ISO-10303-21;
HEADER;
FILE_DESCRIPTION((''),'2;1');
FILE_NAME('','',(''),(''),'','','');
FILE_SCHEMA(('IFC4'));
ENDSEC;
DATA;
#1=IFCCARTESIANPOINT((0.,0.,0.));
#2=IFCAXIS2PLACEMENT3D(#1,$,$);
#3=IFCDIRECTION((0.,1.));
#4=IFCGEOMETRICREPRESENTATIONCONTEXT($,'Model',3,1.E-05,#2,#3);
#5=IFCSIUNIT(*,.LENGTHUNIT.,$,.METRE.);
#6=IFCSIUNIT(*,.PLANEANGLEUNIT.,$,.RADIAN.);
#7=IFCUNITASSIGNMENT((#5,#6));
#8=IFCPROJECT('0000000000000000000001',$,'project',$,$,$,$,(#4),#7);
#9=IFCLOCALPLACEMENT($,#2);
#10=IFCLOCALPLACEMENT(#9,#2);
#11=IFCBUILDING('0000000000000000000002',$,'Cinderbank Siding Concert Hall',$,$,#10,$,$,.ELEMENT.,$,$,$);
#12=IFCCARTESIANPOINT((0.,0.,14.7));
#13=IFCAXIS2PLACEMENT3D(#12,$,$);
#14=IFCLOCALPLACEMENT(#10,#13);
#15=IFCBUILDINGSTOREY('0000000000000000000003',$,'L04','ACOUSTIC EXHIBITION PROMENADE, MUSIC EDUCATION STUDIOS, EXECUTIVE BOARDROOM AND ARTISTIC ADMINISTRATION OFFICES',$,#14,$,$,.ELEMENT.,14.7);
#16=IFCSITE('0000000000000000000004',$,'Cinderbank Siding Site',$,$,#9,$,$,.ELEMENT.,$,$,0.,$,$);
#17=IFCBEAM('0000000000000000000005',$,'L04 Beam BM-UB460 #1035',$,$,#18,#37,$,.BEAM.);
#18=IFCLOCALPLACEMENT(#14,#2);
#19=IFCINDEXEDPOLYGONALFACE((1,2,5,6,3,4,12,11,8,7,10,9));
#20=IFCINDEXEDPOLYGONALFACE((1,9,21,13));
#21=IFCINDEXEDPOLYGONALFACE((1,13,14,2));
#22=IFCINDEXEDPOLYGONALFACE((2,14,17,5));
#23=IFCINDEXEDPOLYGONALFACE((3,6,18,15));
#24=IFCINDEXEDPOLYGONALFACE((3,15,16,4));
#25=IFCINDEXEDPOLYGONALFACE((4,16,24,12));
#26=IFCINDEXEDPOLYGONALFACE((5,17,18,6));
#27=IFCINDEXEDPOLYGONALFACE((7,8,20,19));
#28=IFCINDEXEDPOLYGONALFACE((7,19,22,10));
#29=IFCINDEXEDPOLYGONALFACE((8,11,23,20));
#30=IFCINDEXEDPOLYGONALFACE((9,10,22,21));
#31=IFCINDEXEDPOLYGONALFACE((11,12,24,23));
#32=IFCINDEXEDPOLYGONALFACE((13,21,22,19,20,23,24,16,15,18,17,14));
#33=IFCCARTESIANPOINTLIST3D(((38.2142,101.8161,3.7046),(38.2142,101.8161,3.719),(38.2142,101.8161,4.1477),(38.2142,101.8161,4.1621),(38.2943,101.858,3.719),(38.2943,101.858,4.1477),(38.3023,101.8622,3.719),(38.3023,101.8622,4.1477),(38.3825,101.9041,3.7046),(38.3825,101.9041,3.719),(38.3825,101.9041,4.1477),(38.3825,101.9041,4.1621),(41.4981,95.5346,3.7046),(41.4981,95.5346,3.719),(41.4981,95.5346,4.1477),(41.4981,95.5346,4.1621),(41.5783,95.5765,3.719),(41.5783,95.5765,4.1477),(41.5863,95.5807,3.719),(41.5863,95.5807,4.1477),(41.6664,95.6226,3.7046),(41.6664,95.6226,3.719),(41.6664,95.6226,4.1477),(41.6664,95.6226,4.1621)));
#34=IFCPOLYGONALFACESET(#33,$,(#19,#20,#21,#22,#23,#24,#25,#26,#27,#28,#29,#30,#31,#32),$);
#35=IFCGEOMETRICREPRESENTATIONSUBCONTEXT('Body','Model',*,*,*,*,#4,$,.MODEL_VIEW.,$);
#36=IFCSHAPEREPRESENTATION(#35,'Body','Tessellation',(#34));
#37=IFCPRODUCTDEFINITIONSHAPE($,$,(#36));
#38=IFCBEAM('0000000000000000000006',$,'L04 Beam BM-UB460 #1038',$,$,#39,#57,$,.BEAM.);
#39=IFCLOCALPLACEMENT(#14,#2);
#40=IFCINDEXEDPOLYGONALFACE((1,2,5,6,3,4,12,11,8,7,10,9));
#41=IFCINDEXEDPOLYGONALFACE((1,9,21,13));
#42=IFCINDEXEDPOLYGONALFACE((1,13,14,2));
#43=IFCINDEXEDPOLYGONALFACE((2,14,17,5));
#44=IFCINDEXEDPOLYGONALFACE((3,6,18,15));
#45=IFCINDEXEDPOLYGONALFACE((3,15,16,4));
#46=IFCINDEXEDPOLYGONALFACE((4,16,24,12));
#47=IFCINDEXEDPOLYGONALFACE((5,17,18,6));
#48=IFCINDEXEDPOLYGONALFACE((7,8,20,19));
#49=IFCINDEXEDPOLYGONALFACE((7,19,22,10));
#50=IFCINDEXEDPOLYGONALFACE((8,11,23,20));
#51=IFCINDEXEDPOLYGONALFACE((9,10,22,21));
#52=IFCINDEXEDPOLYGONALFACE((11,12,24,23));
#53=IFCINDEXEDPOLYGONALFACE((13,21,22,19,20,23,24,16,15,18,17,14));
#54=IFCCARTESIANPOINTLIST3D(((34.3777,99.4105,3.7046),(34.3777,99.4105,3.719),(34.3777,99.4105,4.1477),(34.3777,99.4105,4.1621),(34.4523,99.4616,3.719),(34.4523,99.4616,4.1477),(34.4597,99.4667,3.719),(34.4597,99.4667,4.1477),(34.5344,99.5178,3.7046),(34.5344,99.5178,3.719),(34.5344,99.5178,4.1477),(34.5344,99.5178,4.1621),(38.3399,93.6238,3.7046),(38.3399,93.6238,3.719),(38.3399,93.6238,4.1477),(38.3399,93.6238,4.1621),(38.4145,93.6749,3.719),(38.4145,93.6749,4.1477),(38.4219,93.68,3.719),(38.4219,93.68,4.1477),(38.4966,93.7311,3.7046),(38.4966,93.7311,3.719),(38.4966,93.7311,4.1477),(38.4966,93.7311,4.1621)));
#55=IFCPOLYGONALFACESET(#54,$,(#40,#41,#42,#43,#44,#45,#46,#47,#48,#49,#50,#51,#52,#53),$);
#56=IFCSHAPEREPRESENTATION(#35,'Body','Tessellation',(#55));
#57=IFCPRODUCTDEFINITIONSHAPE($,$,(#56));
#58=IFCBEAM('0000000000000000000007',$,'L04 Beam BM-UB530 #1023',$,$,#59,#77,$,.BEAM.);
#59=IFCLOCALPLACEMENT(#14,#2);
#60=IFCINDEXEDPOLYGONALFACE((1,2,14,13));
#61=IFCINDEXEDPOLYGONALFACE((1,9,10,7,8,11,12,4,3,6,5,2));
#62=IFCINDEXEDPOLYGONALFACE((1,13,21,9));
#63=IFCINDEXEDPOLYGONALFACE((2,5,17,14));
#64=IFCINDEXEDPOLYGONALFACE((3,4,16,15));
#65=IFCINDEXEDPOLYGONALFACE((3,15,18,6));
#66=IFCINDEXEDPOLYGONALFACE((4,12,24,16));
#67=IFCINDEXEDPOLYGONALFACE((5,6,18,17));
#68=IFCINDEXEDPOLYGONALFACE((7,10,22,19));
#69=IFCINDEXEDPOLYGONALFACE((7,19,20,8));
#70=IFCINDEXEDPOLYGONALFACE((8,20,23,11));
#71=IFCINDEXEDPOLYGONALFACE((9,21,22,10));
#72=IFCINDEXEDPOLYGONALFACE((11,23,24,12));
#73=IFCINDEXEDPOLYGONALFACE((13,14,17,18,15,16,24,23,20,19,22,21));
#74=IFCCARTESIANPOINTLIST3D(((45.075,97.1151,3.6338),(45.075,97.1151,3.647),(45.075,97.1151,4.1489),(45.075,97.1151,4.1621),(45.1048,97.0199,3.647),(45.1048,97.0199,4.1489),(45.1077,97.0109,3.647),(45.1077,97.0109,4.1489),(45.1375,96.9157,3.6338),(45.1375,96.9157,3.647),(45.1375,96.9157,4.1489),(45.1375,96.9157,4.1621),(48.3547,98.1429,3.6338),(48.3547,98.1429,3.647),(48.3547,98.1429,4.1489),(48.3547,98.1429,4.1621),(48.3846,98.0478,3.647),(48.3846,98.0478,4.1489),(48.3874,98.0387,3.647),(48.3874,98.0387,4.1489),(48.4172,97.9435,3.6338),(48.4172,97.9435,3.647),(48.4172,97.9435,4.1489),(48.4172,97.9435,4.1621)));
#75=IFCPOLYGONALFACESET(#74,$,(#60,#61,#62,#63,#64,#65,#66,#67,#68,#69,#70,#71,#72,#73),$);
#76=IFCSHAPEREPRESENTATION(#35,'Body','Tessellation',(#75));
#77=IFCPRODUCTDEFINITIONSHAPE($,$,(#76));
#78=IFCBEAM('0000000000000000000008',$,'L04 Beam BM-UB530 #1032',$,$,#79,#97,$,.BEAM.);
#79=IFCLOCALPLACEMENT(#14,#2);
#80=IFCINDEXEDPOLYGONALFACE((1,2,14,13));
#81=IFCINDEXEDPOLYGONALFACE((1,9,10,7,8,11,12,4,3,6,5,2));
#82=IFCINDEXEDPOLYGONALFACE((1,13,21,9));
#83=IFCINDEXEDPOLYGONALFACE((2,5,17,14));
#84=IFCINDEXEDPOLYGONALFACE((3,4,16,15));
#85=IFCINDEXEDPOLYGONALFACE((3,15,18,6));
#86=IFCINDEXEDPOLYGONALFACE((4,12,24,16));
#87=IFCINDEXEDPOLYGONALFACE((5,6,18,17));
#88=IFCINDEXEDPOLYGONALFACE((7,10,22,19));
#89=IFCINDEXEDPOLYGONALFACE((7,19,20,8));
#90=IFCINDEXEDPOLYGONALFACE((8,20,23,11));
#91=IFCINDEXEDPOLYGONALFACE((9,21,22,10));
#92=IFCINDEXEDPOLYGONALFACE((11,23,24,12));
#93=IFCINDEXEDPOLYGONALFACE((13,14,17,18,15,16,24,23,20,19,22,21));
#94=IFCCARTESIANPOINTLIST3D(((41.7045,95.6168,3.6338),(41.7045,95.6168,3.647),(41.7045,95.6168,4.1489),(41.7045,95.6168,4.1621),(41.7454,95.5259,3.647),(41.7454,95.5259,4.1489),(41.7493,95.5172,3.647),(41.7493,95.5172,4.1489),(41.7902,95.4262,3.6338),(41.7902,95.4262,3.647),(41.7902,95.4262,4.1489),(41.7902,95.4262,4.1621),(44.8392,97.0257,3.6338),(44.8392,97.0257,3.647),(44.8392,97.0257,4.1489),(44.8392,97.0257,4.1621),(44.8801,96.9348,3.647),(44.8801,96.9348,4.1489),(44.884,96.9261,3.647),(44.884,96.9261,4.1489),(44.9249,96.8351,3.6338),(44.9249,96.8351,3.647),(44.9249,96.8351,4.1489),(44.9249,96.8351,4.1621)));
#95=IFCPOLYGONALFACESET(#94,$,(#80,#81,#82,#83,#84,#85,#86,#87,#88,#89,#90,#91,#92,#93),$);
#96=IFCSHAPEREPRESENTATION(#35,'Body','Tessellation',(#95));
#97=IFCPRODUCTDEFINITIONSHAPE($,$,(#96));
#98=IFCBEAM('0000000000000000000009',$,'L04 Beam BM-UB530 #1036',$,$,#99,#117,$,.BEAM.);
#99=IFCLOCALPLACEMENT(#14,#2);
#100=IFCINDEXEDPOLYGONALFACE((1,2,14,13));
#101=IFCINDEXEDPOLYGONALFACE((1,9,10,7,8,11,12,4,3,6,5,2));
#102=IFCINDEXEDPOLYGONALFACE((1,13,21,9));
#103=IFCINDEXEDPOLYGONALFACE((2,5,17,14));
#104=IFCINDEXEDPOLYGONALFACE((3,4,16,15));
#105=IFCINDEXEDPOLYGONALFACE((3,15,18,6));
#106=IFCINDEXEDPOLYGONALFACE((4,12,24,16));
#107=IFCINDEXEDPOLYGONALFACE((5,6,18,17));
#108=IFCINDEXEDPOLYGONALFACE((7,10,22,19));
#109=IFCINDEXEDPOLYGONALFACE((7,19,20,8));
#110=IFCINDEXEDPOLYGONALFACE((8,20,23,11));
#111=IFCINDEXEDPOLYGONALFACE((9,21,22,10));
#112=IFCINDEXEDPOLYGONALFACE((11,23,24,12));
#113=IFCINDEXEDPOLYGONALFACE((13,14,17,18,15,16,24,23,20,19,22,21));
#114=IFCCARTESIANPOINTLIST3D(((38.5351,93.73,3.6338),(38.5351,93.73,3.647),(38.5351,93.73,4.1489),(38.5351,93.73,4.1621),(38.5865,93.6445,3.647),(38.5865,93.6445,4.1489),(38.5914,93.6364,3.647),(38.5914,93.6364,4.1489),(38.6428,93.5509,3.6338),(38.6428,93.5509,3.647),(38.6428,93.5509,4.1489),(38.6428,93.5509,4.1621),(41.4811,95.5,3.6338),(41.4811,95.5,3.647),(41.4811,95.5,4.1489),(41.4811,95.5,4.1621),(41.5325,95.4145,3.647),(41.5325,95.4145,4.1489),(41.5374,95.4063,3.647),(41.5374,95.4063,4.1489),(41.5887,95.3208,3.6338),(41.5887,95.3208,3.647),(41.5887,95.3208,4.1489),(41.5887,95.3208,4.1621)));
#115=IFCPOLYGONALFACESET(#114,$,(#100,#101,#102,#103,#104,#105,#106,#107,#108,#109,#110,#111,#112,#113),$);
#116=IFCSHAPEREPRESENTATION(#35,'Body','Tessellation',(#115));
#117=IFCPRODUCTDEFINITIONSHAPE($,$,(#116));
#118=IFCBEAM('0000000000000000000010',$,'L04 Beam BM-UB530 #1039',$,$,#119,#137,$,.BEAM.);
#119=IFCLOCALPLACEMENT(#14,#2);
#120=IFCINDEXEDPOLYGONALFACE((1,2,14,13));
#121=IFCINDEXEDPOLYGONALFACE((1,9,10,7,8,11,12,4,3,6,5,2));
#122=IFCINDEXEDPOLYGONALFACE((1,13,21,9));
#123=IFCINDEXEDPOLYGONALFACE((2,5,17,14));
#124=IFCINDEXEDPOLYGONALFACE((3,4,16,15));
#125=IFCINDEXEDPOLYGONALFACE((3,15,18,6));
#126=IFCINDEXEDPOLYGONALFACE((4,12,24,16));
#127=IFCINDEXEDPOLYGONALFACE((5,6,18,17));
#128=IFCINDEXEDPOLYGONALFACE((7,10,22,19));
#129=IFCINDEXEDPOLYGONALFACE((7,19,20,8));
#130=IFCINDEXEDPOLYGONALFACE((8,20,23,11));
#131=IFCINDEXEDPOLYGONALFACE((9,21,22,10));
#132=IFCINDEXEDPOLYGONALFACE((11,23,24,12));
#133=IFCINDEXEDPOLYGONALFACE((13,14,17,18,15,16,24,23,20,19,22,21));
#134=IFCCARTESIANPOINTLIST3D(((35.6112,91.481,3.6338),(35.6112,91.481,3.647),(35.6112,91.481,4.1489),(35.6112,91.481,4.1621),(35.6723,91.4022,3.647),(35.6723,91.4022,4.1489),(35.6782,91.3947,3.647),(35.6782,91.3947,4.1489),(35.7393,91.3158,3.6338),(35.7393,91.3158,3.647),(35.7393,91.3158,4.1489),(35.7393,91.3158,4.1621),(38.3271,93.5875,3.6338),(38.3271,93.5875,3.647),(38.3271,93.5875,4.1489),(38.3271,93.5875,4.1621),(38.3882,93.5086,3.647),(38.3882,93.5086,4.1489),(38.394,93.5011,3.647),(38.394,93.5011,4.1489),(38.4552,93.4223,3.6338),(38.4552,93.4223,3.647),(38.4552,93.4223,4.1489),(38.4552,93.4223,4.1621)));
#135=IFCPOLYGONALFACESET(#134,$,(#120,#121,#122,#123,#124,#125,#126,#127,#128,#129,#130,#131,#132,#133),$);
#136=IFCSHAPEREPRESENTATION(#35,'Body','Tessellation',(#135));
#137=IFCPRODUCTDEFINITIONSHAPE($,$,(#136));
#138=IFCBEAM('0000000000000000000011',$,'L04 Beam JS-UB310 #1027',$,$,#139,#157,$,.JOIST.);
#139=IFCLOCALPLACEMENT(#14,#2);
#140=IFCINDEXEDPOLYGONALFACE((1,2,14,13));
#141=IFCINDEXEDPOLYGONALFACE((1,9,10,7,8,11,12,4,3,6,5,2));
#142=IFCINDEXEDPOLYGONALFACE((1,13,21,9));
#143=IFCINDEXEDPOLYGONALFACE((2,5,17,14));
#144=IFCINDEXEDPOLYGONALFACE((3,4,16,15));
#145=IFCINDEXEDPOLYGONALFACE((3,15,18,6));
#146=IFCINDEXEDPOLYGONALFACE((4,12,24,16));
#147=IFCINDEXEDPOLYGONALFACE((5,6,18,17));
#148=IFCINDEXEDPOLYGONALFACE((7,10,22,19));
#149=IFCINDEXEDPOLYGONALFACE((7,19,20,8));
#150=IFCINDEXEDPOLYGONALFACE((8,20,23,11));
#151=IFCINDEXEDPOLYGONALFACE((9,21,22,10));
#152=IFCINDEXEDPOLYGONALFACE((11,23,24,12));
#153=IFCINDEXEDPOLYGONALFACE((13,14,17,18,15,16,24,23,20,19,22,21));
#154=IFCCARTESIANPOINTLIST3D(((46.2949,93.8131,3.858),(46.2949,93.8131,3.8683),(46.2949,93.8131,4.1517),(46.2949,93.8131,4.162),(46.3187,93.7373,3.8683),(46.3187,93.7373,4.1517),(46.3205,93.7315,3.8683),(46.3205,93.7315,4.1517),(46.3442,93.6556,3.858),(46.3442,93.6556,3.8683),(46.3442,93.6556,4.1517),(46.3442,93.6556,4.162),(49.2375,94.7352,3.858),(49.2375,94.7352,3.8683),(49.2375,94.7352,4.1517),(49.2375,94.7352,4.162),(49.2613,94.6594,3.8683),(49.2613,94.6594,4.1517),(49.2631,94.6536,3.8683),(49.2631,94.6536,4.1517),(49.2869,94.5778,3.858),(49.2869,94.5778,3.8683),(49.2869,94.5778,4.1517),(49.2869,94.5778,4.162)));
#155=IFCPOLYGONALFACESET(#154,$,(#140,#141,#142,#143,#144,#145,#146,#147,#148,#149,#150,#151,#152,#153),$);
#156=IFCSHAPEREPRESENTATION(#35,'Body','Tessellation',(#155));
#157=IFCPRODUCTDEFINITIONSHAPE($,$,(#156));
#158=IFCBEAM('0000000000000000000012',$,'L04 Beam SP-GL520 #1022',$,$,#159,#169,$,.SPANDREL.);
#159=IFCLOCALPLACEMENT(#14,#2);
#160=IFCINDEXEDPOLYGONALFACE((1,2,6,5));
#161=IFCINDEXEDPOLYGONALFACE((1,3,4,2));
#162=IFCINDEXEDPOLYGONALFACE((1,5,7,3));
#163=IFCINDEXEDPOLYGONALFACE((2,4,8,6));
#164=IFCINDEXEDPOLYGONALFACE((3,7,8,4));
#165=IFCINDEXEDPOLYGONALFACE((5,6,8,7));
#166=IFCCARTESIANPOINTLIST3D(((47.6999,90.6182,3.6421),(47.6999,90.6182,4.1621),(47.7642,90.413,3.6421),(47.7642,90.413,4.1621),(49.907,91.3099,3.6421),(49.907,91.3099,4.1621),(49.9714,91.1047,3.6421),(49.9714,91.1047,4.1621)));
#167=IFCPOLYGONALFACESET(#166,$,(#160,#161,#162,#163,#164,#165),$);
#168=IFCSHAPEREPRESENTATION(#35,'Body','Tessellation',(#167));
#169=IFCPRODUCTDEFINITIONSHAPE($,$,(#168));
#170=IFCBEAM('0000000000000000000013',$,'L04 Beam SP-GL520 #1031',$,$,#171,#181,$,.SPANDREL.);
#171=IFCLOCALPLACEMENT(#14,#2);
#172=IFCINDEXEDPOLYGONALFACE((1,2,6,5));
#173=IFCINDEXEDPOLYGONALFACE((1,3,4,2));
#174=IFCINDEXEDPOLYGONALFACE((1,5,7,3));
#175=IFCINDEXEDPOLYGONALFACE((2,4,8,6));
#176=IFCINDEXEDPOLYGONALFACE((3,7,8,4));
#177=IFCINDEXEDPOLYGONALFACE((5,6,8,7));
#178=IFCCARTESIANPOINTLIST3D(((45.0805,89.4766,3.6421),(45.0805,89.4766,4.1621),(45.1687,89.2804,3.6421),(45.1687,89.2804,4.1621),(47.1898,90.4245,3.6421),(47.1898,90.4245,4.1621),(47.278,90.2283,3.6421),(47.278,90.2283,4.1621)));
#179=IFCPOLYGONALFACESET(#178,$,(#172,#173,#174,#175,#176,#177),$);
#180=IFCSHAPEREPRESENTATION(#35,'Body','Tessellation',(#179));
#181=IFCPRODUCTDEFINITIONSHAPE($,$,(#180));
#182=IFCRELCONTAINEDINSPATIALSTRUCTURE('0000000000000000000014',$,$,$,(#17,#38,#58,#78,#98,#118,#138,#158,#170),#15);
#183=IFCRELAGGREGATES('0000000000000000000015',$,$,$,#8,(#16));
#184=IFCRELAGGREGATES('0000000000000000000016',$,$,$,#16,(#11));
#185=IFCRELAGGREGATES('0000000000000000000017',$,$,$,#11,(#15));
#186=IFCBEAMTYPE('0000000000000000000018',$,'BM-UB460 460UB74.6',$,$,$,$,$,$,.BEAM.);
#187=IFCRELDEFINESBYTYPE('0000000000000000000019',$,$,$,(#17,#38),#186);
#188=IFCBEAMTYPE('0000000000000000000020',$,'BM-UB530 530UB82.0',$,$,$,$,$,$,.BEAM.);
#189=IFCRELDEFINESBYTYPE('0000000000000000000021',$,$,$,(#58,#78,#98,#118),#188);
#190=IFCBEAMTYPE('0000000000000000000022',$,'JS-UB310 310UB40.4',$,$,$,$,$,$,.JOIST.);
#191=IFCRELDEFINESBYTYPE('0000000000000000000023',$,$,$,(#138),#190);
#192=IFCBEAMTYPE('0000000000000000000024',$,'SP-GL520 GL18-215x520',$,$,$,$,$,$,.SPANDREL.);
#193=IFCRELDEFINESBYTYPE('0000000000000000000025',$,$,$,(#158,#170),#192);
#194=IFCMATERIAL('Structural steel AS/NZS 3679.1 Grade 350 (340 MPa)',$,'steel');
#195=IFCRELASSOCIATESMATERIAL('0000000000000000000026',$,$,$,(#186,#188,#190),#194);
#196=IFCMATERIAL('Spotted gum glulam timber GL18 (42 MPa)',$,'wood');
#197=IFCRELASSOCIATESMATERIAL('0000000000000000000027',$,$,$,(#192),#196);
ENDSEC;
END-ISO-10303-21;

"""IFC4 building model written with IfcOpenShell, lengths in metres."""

from ifc_helpers import new_model, si_unit, direction, frame, origin, origin_2d, place, context, subcontext, project, spatial, rectangle, i_section, extrude, material, material_profile, profile_set, type_object, element, save


model = new_model("IFC4")

# Units and contexts
model_context = context("Model", 3, precision=1e-05, world=origin(), true_north=direction((0.0, 1.0)))
body_context = subcontext(model_context, "Body", "Model", "MODEL_VIEW")
ifc_project = project(units=[si_unit("LENGTHUNIT", "METRE"), si_unit("PLANEANGLEUNIT", "RADIAN")], contexts=[model_context])

# Site, building, storey
site_placement = place(None, origin())
site = spatial("IfcSite", under=ifc_project, at=site_placement, Name="Cinderbank Siding Site", CompositionType="ELEMENT", RefElevation=0.0)
building_placement = place(site_placement, origin())
building = spatial("IfcBuilding", under=site, at=building_placement, Name="Cinderbank Siding Concert Hall", CompositionType="ELEMENT")
storey_placement = place(building_placement, frame((0.0, 0.0, 14.7)))
storey = spatial("IfcBuildingStorey", under=building, at=storey_placement, Name="L04", Description="ACOUSTIC EXHIBITION PROMENADE, MUSIC EDUCATION STUDIOS, EXECUTIVE BOARDROOM AND ARTISTIC ADMINISTRATION OFFICES", CompositionType="ELEMENT", Elevation=14.7)

# Shared definitions
ifc_material_1 = material(Name="Structural steel AS/NZS 3679.1 Grade 350 (340 MPa)", Category="steel")

# Beams
ifc_material_profile_1 = material_profile(ifc_material_1, i_section(OverallWidth=0.1899, OverallDepth=0.4575, WebThickness=0.009, FlangeThickness=0.0144, at=origin_2d()), Name="460UB74.6", Category="LoadBearing")
ifc_profile_set_1 = profile_set([ifc_material_profile_1], Name="Structural steel AS/NZS 3679.1 Grade 350 (340 MPa)")
beam_type_1 = type_object("IfcBeamType", Name="BM-UB460 460UB74.6", PredefinedType="BEAM", material=ifc_profile_set_1)
beam_1_placement = place(storey_placement, frame((41.5823, 95.5786, 3.9333), z_axis=(-0.463302, 0.886201, 0.0), x_axis=(-0.886201, -0.463302, 0.0)))
element("IfcBeam", 1, at=beam_1_placement, inside=storey, type_object=beam_type_1, Name="L04 Beam BM-UB460 #1035", PredefinedType="BEAM", context=body_context, shape_type="SweptSolid", body=[
    extrude(i_section(OverallWidth=0.1899, OverallDepth=0.4575, WebThickness=0.009, FlangeThickness=0.0144, at=origin_2d()), origin(), (0.0, 0.0, 1.0), 7.0881),
])
beam_2_placement = place(storey_placement, frame((38.4182, 93.6775, 3.9333), z_axis=(-0.564965, 0.825115, 0.0), x_axis=(-0.825115, -0.564965, 0.0)))
element("IfcBeam", 2, at=beam_2_placement, inside=storey, type_object=beam_type_1, Name="L04 Beam BM-UB460 #1038", PredefinedType="BEAM", context=body_context, shape_type="SweptSolid", body=[
    extrude(i_section(OverallWidth=0.1899, OverallDepth=0.4575, WebThickness=0.009, FlangeThickness=0.0144, at=origin_2d()), origin(), (0.0, 0.0, 1.0), 7.0132),
])
ifc_material_profile_2 = material_profile(ifc_material_1, i_section(OverallWidth=0.209, OverallDepth=0.5283, WebThickness=0.0095, FlangeThickness=0.0132, at=origin_2d()), Name="530UB82.0", Category="LoadBearing")
ifc_profile_set_2 = profile_set([ifc_material_profile_2], Name="Structural steel AS/NZS 3679.1 Grade 350 (340 MPa)")
beam_type_2 = type_object("IfcBeamType", Name="BM-UB530 530UB82.0", PredefinedType="BEAM", material=ifc_profile_set_2)
beam_3_placement = place(storey_placement, frame((48.386, 98.0432, 3.8979), z_axis=(-0.95424, -0.299043, 0.0), x_axis=(0.299043, -0.95424, 0.0)))
element("IfcBeam", 3, at=beam_3_placement, inside=storey, type_object=beam_type_2, Name="L04 Beam BM-UB530 #1023", PredefinedType="BEAM", context=body_context, shape_type="SweptSolid", body=[
    extrude(i_section(OverallWidth=0.209, OverallDepth=0.5283, WebThickness=0.0095, FlangeThickness=0.0132, at=origin_2d()), origin(), (0.0, 0.0, 1.0), 3.437),
])
for number, where, z_axis, x_axis, name in (
    (4, (44.8821, 96.9304, 3.8979), (-0.912107, -0.409951, 0.0), (0.409951, -0.912107, 0.0), "L04 Beam BM-UB530 #1032"),
    (5, (41.5349, 95.4104, 3.8979), (-0.857186, -0.515008, 0.0), (0.515008, -0.857186, 0.0), "L04 Beam BM-UB530 #1036"),
):
    element("IfcBeam", number, at=place(storey_placement, frame(where, z_axis=z_axis, x_axis=x_axis)), inside=storey, type_object=beam_type_2, Name=name, PredefinedType="BEAM", context=body_context, shape_type="SweptSolid", body=[
        extrude(i_section(OverallWidth=0.209, OverallDepth=0.5283, WebThickness=0.0095, FlangeThickness=0.0132, at=origin_2d()), origin(), (0.0, 0.0, 1.0), 3.4368),
    ])
beam_4_placement = place(storey_placement, frame((38.3911, 93.5049, 3.8979), z_axis=(-0.790178, -0.612878, 0.0), x_axis=(0.612878, -0.790178, 0.0)))
element("IfcBeam", 6, at=beam_4_placement, inside=storey, type_object=beam_type_2, Name="L04 Beam BM-UB530 #1039", PredefinedType="BEAM", context=body_context, shape_type="SweptSolid", body=[
    extrude(i_section(OverallWidth=0.209, OverallDepth=0.5283, WebThickness=0.0095, FlangeThickness=0.0132, at=origin_2d()), origin(), (0.0, 0.0, 1.0), 3.437),
])
ifc_material_profile_3 = material_profile(ifc_material_1, i_section(OverallWidth=0.165, OverallDepth=0.304, WebThickness=0.0061, FlangeThickness=0.0103, at=origin_2d()), Name="310UB40.4", Category="LoadBearing")
ifc_profile_set_3 = profile_set([ifc_material_profile_3], Name="Structural steel AS/NZS 3679.1 Grade 350 (340 MPa)")
beam_type_3 = type_object("IfcBeamType", Name="JS-UB310 310UB40.4", PredefinedType="JOIST", material=ifc_profile_set_3)
beam_5_placement = place(storey_placement, frame((49.2622, 94.6565, 4.01), z_axis=(-0.954244, -0.299028, 0.0), x_axis=(0.299028, -0.954244, 0.0)))
element("IfcBeam", 7, at=beam_5_placement, inside=storey, type_object=beam_type_3, Name="L04 Beam JS-UB310 #1027", PredefinedType="JOIST", context=body_context, shape_type="SweptSolid", body=[
    extrude(i_section(OverallWidth=0.165, OverallDepth=0.304, WebThickness=0.0061, FlangeThickness=0.0103, at=origin_2d()), origin(), (0.0, 0.0, 1.0), 3.0837),
])
ifc_material_2 = material(Name="Spotted gum glulam timber GL18 (42 MPa)", Category="wood")
ifc_material_profile_4 = material_profile(ifc_material_2, rectangle(XDim=0.2151, YDim=0.52, at=origin_2d()), Name="GL18-215x520", Category="LoadBearing")
ifc_profile_set_4 = profile_set([ifc_material_profile_4], Name="Spotted gum glulam timber GL18 (42 MPa)")
beam_type_4 = type_object("IfcBeamType", Name="SP-GL520 GL18-215x520", PredefinedType="SPANDREL", material=ifc_profile_set_4)
beam_6_placement = place(storey_placement, frame((49.9392, 91.2073, 3.9021), z_axis=(-0.954239, -0.299044, 0.0), x_axis=(0.299044, -0.954239, 0.0)))
element("IfcBeam", 8, at=beam_6_placement, inside=storey, type_object=beam_type_4, Name="L04 Beam SP-GL520 #1022", PredefinedType="SPANDREL", context=body_context, shape_type="SweptSolid", body=[
    extrude(rectangle(XDim=0.2151, YDim=0.52, at=origin_2d()), origin(), (0.0, 0.0, 1.0), 2.313),
])
beam_7_placement = place(storey_placement, frame((47.2339, 90.3264, 3.9021), z_axis=(-0.912119, -0.409926, 0.0), x_axis=(0.409926, -0.912119, 0.0)))
element("IfcBeam", 9, at=beam_7_placement, inside=storey, type_object=beam_type_4, Name="L04 Beam SP-GL520 #1031", PredefinedType="SPANDREL", context=body_context, shape_type="SweptSolid", body=[
    extrude(rectangle(XDim=0.2151, YDim=0.52, at=origin_2d()), origin(), (0.0, 0.0, 1.0), 2.3125),
])

save(model, "model.ifc")
